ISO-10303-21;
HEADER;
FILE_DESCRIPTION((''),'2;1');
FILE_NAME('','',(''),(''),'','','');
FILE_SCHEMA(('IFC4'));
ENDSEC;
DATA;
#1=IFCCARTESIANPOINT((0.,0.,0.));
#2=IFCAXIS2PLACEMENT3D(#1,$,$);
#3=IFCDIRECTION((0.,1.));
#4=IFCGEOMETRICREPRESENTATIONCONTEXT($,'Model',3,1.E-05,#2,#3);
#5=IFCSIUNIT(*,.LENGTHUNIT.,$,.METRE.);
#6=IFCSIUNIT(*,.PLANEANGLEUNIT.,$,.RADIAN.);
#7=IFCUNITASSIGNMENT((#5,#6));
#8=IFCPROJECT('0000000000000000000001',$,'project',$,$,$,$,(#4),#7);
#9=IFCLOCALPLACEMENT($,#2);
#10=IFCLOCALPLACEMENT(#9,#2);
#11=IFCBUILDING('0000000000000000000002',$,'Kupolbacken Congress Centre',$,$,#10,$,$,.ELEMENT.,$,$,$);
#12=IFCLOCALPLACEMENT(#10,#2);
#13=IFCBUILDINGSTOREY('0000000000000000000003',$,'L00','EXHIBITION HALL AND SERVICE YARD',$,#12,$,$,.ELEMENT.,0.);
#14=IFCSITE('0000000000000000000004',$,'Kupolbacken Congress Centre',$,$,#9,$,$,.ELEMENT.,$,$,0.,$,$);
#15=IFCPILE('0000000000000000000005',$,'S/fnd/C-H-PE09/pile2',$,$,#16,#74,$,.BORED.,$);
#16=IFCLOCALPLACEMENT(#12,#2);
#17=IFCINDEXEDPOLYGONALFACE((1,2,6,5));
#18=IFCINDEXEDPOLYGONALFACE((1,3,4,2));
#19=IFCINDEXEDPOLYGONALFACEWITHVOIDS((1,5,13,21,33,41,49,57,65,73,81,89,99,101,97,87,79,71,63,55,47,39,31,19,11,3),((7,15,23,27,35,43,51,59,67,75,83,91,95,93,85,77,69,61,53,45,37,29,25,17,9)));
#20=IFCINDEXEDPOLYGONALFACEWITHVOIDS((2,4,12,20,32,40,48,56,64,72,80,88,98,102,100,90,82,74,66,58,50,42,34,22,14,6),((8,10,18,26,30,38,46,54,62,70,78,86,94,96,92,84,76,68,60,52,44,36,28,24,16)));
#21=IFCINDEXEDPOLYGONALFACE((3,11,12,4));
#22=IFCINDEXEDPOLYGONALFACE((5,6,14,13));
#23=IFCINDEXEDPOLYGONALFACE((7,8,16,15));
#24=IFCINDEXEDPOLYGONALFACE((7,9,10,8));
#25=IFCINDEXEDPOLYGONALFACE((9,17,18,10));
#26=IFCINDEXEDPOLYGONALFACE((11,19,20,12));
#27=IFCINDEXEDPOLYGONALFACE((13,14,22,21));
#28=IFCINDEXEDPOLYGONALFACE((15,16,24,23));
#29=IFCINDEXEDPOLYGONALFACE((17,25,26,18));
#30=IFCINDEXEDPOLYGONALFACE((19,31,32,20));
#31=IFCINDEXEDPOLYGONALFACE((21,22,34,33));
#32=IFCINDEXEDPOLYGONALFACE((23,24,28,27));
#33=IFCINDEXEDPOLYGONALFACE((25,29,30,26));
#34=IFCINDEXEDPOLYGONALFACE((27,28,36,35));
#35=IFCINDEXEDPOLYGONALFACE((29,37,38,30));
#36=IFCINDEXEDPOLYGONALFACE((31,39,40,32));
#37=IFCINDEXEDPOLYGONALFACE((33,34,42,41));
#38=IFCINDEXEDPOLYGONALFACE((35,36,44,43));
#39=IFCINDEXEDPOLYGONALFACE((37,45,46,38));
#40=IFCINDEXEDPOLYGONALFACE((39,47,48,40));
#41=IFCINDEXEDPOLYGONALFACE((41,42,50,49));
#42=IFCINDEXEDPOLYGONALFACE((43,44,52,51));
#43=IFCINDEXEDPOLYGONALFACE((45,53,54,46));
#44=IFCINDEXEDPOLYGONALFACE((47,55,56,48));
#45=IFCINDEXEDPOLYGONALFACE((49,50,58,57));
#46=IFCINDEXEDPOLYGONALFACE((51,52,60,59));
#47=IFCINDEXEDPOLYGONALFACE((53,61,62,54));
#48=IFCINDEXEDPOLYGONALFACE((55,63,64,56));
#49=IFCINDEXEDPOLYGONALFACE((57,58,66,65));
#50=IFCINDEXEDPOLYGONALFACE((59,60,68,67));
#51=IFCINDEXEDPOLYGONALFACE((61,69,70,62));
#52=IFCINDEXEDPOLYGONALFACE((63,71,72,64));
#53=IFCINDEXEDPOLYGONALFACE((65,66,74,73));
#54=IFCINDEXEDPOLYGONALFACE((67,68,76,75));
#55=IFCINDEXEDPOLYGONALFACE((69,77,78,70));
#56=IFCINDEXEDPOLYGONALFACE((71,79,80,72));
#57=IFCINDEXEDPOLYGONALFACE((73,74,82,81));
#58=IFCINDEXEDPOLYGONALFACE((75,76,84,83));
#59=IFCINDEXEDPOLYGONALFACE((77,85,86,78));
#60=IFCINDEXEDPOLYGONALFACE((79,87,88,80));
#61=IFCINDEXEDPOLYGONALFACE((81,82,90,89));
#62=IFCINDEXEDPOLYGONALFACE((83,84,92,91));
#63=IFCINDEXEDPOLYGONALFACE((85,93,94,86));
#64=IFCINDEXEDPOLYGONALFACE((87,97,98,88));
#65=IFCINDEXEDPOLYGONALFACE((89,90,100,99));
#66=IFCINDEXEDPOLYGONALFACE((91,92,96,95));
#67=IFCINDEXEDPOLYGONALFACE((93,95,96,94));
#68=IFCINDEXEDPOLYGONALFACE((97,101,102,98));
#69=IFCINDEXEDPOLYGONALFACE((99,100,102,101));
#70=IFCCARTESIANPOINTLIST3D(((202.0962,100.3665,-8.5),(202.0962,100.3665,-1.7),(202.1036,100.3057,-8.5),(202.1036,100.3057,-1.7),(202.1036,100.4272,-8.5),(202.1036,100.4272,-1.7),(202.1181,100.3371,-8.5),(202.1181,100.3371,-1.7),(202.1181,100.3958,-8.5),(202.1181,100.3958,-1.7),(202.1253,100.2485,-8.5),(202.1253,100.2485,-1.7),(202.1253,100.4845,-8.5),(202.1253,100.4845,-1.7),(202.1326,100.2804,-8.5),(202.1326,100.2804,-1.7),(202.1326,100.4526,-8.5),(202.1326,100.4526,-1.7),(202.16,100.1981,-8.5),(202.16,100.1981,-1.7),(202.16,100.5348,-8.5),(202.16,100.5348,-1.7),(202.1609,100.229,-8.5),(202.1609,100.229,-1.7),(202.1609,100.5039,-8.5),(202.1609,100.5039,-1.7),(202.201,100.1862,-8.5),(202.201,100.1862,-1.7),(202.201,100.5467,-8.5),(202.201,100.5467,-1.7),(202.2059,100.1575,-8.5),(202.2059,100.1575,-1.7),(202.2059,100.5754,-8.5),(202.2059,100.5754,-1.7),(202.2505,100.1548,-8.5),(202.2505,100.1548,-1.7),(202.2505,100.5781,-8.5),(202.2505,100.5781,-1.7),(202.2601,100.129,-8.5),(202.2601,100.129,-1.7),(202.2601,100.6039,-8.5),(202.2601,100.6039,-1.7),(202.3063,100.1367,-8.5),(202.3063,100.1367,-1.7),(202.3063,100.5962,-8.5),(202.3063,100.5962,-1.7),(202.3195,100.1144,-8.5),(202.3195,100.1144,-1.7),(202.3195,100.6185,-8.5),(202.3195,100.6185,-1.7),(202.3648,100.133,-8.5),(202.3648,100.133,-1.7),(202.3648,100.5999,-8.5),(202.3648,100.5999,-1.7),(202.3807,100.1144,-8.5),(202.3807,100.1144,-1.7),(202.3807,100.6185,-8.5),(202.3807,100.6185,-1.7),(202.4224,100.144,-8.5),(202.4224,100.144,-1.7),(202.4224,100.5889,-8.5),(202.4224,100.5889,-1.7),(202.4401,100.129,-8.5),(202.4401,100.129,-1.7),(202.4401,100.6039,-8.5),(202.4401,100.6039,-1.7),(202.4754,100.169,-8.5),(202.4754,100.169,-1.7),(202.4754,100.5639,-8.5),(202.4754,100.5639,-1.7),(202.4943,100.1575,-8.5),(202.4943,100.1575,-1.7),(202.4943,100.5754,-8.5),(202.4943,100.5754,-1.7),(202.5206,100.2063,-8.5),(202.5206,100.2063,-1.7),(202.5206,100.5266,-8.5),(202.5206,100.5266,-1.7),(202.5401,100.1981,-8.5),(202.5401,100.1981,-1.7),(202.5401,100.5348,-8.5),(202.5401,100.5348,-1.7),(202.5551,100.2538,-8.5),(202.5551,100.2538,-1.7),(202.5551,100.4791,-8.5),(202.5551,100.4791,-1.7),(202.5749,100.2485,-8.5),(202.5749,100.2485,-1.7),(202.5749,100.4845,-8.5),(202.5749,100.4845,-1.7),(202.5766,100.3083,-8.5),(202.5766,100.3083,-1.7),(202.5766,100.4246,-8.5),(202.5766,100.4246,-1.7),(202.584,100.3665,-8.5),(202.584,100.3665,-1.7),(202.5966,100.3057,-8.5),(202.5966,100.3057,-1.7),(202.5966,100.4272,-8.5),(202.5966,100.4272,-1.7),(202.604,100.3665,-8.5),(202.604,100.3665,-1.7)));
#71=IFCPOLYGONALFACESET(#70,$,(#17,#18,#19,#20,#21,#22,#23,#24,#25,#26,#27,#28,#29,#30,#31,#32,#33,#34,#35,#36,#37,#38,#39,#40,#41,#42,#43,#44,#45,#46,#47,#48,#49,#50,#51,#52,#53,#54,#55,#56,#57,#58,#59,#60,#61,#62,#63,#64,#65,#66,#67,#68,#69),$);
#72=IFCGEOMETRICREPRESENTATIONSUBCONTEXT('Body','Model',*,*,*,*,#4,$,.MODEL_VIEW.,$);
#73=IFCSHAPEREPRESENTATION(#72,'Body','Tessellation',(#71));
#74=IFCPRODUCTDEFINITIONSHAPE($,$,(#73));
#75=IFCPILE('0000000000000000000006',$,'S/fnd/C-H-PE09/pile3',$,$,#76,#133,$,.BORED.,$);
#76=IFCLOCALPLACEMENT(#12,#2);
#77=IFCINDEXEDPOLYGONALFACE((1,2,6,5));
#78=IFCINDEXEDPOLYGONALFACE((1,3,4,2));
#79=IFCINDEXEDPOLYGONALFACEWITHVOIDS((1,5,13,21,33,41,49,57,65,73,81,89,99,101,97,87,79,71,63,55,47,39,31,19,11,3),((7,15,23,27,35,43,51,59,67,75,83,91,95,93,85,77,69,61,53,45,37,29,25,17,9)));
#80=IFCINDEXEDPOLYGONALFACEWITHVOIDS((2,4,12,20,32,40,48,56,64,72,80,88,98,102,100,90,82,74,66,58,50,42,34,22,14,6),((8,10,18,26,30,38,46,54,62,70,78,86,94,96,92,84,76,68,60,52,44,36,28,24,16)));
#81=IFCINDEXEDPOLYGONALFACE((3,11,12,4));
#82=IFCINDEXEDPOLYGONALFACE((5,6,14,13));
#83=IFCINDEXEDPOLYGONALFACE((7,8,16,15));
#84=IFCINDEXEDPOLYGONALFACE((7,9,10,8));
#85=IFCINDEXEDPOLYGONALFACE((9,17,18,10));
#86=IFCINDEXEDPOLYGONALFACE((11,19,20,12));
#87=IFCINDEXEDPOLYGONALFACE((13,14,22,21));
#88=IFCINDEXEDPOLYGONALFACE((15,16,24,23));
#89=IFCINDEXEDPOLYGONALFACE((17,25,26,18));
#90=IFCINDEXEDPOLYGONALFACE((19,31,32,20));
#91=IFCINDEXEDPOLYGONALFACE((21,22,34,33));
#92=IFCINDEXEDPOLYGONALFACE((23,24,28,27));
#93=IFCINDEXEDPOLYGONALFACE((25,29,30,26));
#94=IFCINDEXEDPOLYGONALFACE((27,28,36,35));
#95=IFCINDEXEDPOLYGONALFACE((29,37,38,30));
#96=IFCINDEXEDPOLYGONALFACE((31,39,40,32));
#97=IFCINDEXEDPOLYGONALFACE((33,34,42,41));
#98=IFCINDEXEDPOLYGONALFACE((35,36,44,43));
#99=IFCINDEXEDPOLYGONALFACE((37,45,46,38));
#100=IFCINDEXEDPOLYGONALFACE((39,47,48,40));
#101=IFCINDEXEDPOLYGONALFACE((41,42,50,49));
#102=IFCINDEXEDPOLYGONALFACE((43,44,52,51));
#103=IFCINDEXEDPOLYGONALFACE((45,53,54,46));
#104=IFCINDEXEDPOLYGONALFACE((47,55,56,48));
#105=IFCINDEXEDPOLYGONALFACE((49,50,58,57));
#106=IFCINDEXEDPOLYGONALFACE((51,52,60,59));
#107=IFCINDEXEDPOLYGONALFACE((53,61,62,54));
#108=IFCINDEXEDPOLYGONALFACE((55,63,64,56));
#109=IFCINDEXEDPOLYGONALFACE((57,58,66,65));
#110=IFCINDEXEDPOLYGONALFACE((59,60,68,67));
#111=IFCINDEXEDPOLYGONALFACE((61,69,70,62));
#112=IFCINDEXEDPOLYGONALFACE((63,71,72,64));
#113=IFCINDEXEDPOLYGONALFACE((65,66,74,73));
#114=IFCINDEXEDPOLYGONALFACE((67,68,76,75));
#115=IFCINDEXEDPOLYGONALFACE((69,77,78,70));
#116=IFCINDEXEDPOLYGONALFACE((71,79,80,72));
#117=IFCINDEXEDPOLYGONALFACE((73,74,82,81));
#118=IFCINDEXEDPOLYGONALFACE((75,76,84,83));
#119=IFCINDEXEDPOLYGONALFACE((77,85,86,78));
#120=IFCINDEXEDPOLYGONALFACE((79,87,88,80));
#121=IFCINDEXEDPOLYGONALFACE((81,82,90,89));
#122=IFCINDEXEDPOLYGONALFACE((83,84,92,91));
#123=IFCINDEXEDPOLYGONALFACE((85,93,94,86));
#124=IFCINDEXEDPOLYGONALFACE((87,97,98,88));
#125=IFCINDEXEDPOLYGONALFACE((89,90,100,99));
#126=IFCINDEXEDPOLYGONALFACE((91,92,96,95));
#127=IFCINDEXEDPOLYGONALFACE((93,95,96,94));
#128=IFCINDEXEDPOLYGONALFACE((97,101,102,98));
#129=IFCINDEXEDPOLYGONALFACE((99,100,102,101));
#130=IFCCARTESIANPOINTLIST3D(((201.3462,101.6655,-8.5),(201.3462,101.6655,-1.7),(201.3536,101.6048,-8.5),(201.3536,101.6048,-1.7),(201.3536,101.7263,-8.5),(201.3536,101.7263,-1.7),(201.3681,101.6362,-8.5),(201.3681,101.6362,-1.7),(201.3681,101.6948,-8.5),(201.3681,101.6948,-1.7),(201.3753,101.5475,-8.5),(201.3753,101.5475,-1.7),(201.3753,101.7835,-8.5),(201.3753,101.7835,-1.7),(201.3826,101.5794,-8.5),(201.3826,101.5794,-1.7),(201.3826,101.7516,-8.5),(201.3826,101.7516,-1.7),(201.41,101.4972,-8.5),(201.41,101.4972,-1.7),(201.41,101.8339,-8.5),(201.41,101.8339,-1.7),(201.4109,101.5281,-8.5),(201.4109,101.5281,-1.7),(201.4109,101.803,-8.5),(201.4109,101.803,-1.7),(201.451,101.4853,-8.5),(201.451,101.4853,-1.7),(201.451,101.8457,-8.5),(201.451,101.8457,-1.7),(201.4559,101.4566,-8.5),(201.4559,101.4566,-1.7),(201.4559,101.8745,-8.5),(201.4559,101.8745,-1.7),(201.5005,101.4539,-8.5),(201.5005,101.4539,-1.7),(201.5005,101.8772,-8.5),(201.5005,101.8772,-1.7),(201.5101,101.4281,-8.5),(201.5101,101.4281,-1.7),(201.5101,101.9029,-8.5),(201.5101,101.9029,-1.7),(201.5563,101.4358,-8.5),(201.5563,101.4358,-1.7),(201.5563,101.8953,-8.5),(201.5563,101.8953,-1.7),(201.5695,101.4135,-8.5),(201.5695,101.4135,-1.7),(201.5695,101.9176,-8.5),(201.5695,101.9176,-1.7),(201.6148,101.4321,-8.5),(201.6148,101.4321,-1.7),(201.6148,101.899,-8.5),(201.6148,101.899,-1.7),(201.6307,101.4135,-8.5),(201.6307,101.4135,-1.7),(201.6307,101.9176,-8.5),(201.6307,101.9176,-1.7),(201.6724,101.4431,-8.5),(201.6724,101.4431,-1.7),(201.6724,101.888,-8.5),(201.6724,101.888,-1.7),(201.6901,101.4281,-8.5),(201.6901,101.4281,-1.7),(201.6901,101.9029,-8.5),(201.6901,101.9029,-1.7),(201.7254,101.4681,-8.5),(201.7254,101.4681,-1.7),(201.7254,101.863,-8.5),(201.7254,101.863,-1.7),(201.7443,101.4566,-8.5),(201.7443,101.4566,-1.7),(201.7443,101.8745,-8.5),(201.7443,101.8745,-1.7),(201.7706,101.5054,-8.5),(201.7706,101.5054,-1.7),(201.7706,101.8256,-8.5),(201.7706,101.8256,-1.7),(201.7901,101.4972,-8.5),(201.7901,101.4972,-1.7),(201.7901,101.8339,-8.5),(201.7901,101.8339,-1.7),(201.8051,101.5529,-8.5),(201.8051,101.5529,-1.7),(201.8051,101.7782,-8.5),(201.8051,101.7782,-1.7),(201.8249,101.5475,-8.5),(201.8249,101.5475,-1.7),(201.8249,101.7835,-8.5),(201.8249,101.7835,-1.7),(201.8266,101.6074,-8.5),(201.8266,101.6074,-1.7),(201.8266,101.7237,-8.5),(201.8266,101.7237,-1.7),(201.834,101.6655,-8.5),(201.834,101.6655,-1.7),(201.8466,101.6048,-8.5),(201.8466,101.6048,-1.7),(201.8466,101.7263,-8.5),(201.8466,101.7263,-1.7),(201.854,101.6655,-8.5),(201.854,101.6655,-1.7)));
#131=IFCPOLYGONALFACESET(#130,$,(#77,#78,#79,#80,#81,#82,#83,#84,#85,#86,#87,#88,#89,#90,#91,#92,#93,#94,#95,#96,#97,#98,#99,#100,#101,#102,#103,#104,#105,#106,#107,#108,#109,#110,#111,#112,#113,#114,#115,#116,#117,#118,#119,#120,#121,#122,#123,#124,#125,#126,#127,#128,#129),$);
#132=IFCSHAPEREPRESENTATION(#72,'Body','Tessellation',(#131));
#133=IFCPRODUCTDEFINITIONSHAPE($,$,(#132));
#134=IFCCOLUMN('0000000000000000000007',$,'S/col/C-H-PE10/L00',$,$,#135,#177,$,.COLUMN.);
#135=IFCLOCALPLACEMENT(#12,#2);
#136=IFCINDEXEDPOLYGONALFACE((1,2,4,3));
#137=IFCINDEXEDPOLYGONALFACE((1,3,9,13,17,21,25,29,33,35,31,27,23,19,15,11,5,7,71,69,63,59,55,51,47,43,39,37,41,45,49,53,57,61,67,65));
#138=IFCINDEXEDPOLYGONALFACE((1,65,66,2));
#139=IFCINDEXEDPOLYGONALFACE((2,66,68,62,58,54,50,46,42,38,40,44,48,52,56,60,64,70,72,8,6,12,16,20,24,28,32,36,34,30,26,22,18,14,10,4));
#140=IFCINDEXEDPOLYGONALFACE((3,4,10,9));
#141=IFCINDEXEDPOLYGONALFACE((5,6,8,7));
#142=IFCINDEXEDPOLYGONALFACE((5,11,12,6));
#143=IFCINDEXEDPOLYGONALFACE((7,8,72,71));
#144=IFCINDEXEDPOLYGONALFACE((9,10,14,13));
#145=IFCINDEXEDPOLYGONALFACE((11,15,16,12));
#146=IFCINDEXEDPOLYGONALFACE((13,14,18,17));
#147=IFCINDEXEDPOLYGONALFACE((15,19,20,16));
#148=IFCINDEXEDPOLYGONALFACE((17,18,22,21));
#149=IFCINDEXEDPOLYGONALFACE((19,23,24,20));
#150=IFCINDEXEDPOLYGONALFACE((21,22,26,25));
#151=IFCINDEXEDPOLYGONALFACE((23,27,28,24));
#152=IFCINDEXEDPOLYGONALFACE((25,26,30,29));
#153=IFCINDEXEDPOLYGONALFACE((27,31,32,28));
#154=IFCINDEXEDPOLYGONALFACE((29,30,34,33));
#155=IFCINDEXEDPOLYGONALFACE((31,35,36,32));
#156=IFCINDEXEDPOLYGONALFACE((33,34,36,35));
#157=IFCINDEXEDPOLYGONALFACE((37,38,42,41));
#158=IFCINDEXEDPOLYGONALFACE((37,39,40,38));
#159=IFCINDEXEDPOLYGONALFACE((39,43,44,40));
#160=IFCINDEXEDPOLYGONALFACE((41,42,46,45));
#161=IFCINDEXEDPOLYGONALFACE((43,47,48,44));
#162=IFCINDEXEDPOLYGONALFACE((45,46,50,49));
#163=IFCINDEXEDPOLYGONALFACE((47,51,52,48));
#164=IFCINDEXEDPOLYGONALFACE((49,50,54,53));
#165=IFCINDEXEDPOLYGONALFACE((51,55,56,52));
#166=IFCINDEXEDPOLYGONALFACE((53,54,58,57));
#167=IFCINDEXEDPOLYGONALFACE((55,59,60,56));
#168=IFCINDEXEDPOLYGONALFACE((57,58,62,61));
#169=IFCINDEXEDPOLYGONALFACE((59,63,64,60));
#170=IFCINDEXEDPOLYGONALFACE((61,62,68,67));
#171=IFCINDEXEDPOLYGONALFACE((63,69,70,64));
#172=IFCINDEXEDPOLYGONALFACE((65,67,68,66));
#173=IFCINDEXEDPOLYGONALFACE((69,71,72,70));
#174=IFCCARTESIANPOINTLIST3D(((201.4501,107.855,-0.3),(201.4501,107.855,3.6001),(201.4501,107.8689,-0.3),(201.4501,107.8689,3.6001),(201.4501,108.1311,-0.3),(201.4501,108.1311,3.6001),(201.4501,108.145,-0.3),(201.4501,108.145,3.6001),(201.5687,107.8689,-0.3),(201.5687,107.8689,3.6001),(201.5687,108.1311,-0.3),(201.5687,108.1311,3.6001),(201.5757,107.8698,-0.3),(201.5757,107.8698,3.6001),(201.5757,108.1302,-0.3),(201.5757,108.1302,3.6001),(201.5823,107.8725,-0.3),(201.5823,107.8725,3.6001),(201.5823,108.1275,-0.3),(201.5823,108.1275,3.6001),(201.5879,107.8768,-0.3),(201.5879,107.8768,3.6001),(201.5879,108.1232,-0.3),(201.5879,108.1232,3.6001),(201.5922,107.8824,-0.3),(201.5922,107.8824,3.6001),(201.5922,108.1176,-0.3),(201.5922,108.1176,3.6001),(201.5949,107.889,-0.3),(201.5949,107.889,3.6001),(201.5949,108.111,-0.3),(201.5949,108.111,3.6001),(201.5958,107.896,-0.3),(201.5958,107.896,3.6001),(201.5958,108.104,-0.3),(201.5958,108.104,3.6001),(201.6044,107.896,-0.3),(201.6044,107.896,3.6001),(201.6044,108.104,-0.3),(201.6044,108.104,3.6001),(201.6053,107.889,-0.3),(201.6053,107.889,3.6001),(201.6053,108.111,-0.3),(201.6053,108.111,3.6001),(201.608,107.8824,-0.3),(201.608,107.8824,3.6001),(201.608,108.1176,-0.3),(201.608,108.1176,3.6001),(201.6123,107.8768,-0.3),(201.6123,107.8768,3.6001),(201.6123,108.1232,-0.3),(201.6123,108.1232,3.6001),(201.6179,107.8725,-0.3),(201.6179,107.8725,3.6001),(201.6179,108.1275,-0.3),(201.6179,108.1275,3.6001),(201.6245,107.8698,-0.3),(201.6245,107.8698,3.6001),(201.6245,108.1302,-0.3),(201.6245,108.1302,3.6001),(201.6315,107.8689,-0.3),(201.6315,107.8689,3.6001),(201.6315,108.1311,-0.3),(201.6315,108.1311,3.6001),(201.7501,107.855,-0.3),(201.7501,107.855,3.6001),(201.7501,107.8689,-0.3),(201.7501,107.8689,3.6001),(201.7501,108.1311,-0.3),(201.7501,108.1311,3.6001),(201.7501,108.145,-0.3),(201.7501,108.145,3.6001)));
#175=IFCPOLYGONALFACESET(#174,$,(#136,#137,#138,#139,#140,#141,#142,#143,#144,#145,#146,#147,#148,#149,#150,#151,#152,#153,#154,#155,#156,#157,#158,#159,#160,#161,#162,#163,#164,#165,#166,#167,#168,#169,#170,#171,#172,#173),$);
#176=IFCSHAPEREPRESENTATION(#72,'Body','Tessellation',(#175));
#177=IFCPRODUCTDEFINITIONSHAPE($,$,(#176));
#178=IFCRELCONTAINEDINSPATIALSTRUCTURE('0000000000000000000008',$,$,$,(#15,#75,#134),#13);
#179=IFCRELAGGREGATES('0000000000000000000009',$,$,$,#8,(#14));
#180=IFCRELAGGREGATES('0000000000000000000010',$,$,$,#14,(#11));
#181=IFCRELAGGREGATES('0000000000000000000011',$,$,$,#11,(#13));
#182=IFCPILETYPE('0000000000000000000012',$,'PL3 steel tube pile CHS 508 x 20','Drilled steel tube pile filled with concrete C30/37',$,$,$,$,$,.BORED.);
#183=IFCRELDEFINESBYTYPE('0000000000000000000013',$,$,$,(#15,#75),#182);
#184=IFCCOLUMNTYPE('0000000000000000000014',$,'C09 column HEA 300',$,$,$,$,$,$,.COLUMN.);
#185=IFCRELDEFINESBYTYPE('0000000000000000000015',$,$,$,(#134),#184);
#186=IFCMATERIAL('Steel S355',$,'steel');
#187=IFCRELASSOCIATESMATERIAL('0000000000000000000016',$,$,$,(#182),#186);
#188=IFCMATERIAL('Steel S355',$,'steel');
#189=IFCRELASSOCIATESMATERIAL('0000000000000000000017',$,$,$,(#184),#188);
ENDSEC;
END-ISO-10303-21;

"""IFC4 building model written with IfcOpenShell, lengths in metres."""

from ifc_helpers import new_model, si_unit, direction, frame, origin, origin_2d, place, context, subcontext, project, spatial, hollow_circle, i_section, extrude, material, material_profile, profile_set, type_object, element, save


model = new_model("IFC4")

# Units and contexts
model_context = context("Model", 3, precision=1e-05, world=origin(), true_north=direction((0.0, 1.0)))
body_context = subcontext(model_context, "Body", "Model", "MODEL_VIEW")
ifc_project = project(units=[si_unit("LENGTHUNIT", "METRE"), si_unit("PLANEANGLEUNIT", "RADIAN")], contexts=[model_context])

# Site, building, storey
site_placement = place(None, origin())
site = spatial("IfcSite", under=ifc_project, at=site_placement, Name="Kupolbacken Congress Centre", CompositionType="ELEMENT", RefElevation=0.0)
building_placement = place(site_placement, origin())
building = spatial("IfcBuilding", under=site, at=building_placement, Name="Kupolbacken Congress Centre", CompositionType="ELEMENT")
storey_placement = place(building_placement, origin())
storey = spatial("IfcBuildingStorey", under=building, at=storey_placement, Name="L00", Description="EXHIBITION HALL AND SERVICE YARD", CompositionType="ELEMENT", Elevation=0.0)

# Piles
ifc_material_1 = material(Name="Steel S355", Category="steel")
ifc_material_profile_1 = material_profile(ifc_material_1, hollow_circle(Radius=0.2539, WallThickness=0.02, at=origin_2d()), Name="CHS 508 x 20")
ifc_profile_set_1 = profile_set([ifc_material_profile_1], Name="Steel S355")
pile_type_1 = type_object("IfcPileType", Name="PL3 steel tube pile CHS 508 x 20", Description="Drilled steel tube pile filled with concrete C30/37", PredefinedType="BORED", material=ifc_profile_set_1)
for number, where, z_axis, x_axis, name in (
    (1, (202.3501, 100.3665, -1.7), (0.0, 0.0, -1.0), (1.0, 0.0, 0.0), "S/fnd/C-H-PE09/pile2"),
    (2, (201.6001, 101.6655, -1.7), (0.0, 0.0, -1.0), (1.0, 0.0, 0.0), "S/fnd/C-H-PE09/pile3"),
):
    element("IfcPile", number, at=place(storey_placement, frame(where, z_axis=z_axis, x_axis=x_axis)), inside=storey, type_object=pile_type_1, Name=name, PredefinedType="BORED", context=body_context, shape_type="SweptSolid", body=[
        extrude(hollow_circle(Radius=0.2539, WallThickness=0.02, at=origin_2d()), origin(), (0.0, 0.0, 1.0), 6.8),
    ])

# Column
ifc_material_2 = material(Name="Steel S355", Category="steel")
ifc_material_profile_2 = material_profile(ifc_material_2, i_section(OverallWidth=0.3, OverallDepth=0.29, WebThickness=0.0085, FlangeThickness=0.0139, FilletRadius=0.0271, at=origin_2d()), Name="HEA 300")
ifc_profile_set_2 = profile_set([ifc_material_profile_2], Name="Steel S355")
column_type = type_object("IfcColumnType", Name="C09 column HEA 300", PredefinedType="COLUMN", material=ifc_profile_set_2)
column_placement = place(storey_placement, frame((201.6001, 108.0, -0.3), z_axis=(0.0, 0.0, 1.0), x_axis=(1.0, 0.0, 0.0)))
element("IfcColumn", 3, at=column_placement, inside=storey, type_object=column_type, Name="S/col/C-H-PE10/L00", PredefinedType="COLUMN", context=body_context, shape_type="SweptSolid", body=[
    extrude(i_section(OverallWidth=0.3, OverallDepth=0.29, WebThickness=0.0085, FlangeThickness=0.0139, FilletRadius=0.0271, at=origin_2d()), origin(), (0.0, 0.0, 1.0), 3.9001),
])

save(model, "model.ifc")
